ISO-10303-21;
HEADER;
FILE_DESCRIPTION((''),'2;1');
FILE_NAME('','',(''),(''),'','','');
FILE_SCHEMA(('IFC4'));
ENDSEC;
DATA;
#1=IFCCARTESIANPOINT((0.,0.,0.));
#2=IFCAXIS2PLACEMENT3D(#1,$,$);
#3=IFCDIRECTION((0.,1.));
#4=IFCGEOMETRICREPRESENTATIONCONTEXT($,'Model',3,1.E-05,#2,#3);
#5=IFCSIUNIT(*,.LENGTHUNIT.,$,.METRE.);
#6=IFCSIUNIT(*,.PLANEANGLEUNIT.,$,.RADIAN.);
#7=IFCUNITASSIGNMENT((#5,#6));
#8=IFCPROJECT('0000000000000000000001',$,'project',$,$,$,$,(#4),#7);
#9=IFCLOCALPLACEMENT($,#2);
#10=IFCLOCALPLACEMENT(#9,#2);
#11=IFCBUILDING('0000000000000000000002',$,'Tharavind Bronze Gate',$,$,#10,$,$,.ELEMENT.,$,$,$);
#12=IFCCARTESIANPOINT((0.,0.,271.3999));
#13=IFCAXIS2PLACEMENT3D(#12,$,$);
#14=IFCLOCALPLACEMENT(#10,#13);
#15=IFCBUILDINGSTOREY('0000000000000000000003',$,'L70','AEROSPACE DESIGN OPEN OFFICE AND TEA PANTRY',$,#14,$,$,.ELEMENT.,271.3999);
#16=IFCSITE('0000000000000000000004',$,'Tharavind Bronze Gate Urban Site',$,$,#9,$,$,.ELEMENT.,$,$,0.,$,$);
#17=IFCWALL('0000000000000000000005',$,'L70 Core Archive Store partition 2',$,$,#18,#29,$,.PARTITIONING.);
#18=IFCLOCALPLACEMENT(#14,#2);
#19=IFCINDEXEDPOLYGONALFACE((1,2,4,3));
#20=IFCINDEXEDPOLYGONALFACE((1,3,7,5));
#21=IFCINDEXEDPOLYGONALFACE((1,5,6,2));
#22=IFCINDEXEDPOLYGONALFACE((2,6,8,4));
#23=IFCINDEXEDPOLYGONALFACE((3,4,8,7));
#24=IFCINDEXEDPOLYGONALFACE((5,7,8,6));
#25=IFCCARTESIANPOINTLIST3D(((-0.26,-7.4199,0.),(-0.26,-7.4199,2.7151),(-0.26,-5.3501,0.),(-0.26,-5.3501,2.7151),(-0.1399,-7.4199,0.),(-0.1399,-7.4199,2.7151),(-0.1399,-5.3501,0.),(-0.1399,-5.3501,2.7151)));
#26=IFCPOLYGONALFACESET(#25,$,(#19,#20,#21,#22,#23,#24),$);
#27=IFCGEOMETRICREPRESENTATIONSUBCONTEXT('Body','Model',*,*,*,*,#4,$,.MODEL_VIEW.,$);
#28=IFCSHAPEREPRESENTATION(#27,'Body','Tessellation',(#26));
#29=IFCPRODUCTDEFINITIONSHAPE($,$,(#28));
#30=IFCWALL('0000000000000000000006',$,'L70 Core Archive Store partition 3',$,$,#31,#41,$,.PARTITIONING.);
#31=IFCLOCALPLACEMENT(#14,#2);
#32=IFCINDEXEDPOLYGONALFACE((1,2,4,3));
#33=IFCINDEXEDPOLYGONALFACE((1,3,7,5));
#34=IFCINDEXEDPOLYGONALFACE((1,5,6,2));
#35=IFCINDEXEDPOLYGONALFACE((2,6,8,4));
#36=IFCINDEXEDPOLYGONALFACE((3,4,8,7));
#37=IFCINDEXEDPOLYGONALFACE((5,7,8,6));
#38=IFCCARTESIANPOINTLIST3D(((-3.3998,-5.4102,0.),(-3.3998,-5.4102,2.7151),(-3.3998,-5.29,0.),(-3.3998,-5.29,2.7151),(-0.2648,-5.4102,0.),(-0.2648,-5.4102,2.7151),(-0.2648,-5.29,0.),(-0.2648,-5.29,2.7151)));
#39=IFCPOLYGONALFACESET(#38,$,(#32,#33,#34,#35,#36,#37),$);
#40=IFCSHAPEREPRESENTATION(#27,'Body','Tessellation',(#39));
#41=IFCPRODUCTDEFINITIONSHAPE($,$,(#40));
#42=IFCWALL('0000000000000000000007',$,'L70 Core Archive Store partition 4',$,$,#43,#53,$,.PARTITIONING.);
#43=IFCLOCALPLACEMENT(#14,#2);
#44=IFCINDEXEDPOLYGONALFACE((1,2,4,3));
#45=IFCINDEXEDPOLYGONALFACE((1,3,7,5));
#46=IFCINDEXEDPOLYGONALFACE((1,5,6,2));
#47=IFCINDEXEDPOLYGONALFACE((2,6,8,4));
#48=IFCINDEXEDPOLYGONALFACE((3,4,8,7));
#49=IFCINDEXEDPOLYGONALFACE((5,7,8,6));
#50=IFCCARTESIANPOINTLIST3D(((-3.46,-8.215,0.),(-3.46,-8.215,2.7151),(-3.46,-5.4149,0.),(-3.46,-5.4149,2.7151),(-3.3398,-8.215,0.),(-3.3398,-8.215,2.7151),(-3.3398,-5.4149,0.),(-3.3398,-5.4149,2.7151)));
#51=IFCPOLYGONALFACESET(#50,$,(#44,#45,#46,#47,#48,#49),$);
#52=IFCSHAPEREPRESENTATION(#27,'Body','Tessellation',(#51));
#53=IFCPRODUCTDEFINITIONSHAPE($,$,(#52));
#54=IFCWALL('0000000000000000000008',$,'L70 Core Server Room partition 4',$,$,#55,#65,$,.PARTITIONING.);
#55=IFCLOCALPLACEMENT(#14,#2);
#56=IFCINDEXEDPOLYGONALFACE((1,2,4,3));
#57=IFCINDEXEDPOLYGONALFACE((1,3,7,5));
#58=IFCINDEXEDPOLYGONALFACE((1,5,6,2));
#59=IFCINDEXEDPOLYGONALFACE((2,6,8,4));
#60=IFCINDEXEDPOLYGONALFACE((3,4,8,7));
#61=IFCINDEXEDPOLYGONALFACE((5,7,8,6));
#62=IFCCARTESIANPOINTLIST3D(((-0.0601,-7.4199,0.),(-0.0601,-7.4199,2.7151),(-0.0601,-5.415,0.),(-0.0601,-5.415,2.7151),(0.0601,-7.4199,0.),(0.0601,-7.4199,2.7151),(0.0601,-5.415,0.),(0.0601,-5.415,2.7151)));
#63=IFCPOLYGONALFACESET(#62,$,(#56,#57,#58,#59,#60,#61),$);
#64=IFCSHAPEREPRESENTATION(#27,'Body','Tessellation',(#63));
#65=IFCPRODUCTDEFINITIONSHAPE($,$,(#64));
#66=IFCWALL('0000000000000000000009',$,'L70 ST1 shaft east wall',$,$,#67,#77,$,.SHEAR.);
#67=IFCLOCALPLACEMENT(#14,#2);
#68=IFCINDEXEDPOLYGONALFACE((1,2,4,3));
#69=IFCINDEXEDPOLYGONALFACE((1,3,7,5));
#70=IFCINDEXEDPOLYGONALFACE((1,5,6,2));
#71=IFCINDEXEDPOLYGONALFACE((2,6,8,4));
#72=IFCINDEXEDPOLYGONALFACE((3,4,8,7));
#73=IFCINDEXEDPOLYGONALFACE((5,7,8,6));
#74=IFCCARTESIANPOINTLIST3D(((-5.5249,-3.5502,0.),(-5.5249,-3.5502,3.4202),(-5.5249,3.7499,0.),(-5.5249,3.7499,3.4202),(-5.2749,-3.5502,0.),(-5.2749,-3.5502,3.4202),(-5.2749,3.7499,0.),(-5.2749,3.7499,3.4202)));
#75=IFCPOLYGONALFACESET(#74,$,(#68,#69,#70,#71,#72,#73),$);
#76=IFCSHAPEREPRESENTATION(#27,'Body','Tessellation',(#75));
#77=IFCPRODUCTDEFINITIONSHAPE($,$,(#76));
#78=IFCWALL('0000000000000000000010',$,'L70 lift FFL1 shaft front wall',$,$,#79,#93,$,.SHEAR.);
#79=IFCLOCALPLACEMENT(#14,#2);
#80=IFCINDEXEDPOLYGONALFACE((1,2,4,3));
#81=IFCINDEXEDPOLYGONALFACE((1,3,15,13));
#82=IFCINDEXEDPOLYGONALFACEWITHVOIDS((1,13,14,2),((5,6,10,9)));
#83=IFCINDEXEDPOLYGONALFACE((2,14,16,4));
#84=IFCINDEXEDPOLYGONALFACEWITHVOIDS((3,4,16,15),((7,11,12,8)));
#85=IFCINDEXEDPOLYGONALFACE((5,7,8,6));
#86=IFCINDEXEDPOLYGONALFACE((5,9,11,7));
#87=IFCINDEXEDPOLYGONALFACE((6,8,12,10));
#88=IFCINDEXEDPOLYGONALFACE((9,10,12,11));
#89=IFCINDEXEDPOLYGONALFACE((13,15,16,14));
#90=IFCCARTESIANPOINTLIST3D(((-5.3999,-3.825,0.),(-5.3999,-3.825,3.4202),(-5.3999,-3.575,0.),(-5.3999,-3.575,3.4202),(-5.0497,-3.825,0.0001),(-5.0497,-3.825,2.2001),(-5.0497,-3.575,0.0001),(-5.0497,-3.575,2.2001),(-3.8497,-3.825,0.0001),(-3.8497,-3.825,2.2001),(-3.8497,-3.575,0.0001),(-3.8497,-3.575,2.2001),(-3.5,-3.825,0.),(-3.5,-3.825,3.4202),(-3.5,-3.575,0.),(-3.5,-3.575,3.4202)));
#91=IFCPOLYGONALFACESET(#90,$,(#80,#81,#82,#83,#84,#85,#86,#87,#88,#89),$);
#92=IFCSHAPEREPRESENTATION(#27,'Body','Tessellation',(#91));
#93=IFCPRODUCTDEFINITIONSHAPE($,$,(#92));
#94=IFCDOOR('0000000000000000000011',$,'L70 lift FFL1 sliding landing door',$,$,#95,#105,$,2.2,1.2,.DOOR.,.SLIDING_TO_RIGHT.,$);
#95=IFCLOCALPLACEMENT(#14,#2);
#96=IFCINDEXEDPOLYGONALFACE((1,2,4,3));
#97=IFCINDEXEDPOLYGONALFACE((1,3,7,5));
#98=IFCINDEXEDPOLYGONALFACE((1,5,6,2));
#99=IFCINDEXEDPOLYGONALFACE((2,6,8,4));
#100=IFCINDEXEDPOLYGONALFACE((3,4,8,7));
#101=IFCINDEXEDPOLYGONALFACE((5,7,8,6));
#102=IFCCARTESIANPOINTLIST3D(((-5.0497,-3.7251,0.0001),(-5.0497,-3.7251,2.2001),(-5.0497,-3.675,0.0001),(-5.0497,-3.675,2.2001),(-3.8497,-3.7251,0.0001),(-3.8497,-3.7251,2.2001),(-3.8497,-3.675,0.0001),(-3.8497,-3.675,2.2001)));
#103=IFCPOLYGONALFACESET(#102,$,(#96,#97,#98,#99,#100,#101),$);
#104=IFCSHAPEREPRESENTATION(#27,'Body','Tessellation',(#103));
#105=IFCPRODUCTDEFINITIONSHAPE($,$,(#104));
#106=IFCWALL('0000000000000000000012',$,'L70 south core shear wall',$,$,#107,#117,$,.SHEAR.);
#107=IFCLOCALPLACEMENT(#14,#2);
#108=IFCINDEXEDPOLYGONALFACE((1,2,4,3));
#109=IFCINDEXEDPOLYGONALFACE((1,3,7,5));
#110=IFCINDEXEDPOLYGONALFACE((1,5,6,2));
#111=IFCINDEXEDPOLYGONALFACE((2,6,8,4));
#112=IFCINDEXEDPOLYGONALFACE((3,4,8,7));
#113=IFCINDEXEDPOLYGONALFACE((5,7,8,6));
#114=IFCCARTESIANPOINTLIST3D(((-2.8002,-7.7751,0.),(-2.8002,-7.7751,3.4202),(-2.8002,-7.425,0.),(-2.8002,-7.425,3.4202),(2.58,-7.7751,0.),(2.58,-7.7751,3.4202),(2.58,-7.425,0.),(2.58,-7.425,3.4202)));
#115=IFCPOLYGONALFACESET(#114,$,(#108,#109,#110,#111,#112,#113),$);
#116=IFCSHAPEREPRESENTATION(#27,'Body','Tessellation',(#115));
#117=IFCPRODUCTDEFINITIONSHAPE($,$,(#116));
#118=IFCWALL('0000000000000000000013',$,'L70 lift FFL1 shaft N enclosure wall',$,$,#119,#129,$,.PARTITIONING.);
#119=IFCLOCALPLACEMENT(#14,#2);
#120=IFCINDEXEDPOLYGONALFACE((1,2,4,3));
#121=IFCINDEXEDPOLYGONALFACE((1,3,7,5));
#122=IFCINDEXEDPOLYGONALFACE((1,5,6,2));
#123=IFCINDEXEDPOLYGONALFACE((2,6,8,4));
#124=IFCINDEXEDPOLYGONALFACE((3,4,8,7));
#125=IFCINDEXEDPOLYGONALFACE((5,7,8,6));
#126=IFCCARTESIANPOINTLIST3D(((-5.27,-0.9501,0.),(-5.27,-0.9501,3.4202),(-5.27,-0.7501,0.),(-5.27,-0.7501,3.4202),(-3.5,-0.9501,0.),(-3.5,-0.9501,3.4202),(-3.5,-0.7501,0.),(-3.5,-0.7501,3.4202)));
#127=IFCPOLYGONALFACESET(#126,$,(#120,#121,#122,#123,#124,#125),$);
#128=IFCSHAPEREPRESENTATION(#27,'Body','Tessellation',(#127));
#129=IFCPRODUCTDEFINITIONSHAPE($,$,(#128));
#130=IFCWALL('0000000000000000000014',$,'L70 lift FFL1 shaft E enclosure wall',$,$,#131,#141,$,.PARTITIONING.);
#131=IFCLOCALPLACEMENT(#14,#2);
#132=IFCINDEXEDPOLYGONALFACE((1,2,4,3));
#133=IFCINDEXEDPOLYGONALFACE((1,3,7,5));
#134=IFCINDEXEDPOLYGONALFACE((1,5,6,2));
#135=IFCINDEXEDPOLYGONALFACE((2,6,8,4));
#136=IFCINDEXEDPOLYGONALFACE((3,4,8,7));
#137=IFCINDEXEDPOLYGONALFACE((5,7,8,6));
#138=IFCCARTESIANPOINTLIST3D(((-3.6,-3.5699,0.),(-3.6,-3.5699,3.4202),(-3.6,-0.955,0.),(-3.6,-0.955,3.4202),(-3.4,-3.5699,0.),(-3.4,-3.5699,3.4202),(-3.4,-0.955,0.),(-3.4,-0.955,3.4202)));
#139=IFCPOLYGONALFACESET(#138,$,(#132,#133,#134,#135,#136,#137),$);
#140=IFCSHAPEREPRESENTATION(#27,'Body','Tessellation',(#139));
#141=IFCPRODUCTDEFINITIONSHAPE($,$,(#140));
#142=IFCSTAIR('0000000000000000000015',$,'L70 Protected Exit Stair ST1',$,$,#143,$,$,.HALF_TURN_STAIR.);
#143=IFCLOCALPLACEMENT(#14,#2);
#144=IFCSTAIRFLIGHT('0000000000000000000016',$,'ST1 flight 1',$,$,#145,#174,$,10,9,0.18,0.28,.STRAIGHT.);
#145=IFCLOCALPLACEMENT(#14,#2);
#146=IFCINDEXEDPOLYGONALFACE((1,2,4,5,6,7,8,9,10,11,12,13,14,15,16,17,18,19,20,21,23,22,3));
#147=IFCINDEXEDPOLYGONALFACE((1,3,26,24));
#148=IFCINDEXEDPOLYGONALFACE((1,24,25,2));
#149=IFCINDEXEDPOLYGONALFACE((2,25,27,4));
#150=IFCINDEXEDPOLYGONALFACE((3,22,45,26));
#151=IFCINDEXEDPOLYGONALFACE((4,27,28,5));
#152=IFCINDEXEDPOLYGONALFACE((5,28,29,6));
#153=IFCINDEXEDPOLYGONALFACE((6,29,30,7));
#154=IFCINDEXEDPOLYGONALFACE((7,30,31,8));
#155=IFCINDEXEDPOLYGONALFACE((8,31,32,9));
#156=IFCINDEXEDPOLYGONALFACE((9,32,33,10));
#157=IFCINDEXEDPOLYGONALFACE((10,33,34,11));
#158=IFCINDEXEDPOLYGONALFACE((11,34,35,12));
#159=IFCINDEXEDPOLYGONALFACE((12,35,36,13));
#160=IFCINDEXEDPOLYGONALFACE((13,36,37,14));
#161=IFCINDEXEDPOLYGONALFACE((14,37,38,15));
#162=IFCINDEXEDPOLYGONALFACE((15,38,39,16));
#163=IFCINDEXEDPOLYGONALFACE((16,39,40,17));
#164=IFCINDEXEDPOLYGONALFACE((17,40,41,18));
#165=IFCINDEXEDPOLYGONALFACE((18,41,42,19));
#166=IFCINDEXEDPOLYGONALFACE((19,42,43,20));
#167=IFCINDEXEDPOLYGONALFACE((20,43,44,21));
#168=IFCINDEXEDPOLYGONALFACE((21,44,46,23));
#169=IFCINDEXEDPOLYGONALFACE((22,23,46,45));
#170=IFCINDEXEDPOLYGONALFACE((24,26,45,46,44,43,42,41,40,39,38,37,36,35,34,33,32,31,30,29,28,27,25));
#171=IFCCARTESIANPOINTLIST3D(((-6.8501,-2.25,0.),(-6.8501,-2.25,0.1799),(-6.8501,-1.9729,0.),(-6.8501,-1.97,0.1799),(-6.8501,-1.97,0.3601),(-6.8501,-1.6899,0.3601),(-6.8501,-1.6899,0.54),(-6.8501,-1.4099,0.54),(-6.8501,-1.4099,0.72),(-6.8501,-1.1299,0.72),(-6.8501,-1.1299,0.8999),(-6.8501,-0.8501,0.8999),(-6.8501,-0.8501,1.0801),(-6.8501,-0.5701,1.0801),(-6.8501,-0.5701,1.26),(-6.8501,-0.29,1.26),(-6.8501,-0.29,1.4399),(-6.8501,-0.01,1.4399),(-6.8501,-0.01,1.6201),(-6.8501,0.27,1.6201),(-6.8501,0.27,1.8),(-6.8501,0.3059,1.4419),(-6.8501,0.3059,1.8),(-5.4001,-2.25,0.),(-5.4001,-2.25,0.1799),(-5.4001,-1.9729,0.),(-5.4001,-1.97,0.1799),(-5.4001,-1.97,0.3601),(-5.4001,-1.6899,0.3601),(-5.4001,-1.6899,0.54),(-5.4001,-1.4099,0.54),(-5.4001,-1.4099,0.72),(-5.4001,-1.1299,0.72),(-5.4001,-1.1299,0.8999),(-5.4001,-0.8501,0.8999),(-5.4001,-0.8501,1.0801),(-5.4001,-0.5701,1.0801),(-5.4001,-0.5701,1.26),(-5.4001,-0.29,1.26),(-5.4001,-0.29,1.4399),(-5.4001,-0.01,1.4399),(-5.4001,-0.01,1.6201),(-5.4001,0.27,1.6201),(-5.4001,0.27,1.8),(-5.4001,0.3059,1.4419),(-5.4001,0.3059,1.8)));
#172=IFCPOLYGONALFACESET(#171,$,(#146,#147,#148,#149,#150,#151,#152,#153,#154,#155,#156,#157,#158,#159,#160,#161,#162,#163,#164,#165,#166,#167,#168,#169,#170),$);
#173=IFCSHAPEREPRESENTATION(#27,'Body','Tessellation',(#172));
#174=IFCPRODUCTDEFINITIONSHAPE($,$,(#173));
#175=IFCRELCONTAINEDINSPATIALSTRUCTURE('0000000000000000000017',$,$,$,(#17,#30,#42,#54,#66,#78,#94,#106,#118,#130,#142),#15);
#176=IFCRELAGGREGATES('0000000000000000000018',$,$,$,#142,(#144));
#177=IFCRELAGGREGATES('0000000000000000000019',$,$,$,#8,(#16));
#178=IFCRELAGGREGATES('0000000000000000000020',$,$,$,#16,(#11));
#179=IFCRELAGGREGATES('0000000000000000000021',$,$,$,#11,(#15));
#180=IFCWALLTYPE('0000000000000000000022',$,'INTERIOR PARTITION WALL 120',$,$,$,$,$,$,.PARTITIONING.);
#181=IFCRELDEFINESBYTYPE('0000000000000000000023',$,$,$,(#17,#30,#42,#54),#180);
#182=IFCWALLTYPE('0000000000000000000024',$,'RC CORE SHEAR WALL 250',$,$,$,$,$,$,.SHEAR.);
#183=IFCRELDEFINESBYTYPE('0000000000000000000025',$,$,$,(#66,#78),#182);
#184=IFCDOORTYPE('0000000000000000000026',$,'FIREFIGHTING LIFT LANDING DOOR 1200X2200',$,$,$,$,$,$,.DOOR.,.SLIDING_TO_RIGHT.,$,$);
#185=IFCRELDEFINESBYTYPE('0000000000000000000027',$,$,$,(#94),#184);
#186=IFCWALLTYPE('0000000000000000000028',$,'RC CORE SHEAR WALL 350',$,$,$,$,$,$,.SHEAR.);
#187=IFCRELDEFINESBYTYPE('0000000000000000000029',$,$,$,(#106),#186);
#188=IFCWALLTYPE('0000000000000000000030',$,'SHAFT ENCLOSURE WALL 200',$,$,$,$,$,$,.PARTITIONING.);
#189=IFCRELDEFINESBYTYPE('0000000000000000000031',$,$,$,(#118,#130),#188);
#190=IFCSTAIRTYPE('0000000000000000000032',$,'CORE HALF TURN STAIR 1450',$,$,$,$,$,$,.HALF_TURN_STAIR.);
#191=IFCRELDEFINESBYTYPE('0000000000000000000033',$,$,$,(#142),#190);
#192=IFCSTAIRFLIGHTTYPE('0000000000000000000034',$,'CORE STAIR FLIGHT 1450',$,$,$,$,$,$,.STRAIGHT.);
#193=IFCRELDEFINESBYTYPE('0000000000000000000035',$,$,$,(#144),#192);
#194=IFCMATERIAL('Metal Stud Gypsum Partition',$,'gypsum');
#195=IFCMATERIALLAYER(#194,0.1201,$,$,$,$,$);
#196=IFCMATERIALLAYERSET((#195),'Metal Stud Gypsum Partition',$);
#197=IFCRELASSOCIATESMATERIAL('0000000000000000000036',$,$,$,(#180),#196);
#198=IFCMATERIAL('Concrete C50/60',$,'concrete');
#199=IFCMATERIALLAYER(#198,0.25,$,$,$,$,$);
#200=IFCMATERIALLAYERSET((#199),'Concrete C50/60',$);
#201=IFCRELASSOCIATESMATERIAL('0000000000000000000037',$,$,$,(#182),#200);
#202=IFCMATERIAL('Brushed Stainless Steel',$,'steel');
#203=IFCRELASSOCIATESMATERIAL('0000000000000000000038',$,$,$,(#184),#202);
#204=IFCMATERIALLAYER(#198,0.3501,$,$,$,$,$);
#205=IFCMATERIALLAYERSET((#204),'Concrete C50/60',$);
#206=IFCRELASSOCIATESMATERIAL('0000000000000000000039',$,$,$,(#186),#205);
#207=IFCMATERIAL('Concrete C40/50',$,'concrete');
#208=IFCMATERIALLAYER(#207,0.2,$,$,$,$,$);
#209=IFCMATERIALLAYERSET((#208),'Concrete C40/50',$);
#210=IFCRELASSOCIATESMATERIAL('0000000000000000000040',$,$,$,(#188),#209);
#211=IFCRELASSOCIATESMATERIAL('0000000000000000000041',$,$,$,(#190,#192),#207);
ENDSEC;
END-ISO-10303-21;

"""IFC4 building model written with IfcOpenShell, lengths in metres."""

from ifc_helpers import new_model, si_unit, direction, frame, frame_2d, origin, place, context, subcontext, project, spatial, polyline, rectangle, outline, extrude, material, layer, layer_set, type_object, element, fill, aggregate, save


model = new_model("IFC4")

# Units and contexts
model_context = context("Model", 3, precision=1e-05, world=origin(), true_north=direction((0.0, 1.0)))
body_context = subcontext(model_context, "Body", "Model", "MODEL_VIEW")
ifc_project = project(units=[si_unit("LENGTHUNIT", "METRE"), si_unit("PLANEANGLEUNIT", "RADIAN")], contexts=[model_context])

# Site, building, storey
site_placement = place(None, origin())
site = spatial("IfcSite", under=ifc_project, at=site_placement, Name="Tharavind Bronze Gate Urban Site", CompositionType="ELEMENT", RefElevation=0.0)
building_placement = place(site_placement, origin())
building = spatial("IfcBuilding", under=site, at=building_placement, Name="Tharavind Bronze Gate", CompositionType="ELEMENT")
storey_placement = place(building_placement, frame((0.0, 0.0, 271.3999)))
storey = spatial("IfcBuildingStorey", under=building, at=storey_placement, Name="L70", Description="AEROSPACE DESIGN OPEN OFFICE AND TEA PANTRY", CompositionType="ELEMENT", Elevation=271.3999)

# Shared definitions
ifc_material_1 = material(Name="Concrete C50/60", Category="concrete")

# Shared definitions
ifc_material_2 = material(Name="Concrete C40/50", Category="concrete")

# Shared definitions
ifc_material_3 = material(Name="Metal Stud Gypsum Partition", Category="gypsum")
ifc_layer_1 = layer(ifc_material_3, 0.1201)
ifc_layer_set_1 = layer_set([ifc_layer_1], Name="Metal Stud Gypsum Partition")
wall_type_1 = type_object("IfcWallType", Name="INTERIOR PARTITION WALL 120", PredefinedType="PARTITIONING", material=ifc_layer_set_1)

# Walls
wall_1_placement = place(storey_placement, frame((-0.2, -7.4199, 0.0), z_axis=(0.0, 0.0, 1.0), x_axis=(0.0, 1.0, 0.0)))
element("IfcWall", 1, at=wall_1_placement, inside=storey, type_object=wall_type_1, Name="L70 Core Archive Store partition 2", PredefinedType="PARTITIONING", context=body_context, shape_type="SweptSolid", body=[
    extrude(rectangle(XDim=2.0698, YDim=0.1201, at=frame_2d((1.0349, 0.0))), origin(), (0.0, 0.0, 1.0), 2.7151),
])
wall_2_placement = place(storey_placement, frame((-0.2649, -5.3501, 0.0), z_axis=(0.0, 0.0, 1.0), x_axis=(-1.0, 0.0, 0.0)))
element("IfcWall", 2, at=wall_2_placement, inside=storey, type_object=wall_type_1, Name="L70 Core Archive Store partition 3", PredefinedType="PARTITIONING", context=body_context, shape_type="SweptSolid", body=[
    extrude(rectangle(XDim=3.135, YDim=0.1201, at=frame_2d((1.5674, 0.0))), origin(), (0.0, 0.0, 1.0), 2.7151),
])
wall_3_placement = place(storey_placement, frame((-3.3999, -5.415, 0.0), z_axis=(0.0, 0.0, 1.0), x_axis=(0.0, -1.0, 0.0)))
element("IfcWall", 3, at=wall_3_placement, inside=storey, type_object=wall_type_1, Name="L70 Core Archive Store partition 4", PredefinedType="PARTITIONING", context=body_context, shape_type="SweptSolid", body=[
    extrude(rectangle(XDim=2.8, YDim=0.1201, at=frame_2d((1.3999, 0.0))), origin(), (0.0, 0.0, 1.0), 2.7151),
])
wall_4_placement = place(storey_placement, frame((0.0, -5.415, 0.0), z_axis=(0.0, 0.0, 1.0), x_axis=(0.0, -1.0, 0.0)))
element("IfcWall", 4, at=wall_4_placement, inside=storey, type_object=wall_type_1, Name="L70 Core Server Room partition 4", PredefinedType="PARTITIONING", context=body_context, shape_type="SweptSolid", body=[
    extrude(rectangle(XDim=2.0049, YDim=0.1201, at=frame_2d((1.0024, 0.0))), origin(), (0.0, 0.0, 1.0), 2.7151),
])
ifc_layer_2 = layer(ifc_material_1, 0.25)
ifc_layer_set_2 = layer_set([ifc_layer_2], Name="Concrete C50/60")
wall_type_2 = type_object("IfcWallType", Name="RC CORE SHEAR WALL 250", PredefinedType="SHEAR", material=ifc_layer_set_2)
wall_5_placement = place(storey_placement, frame((-5.3999, -3.55, 0.0), z_axis=(0.0, 0.0, 1.0), x_axis=(0.0, 1.0, 0.0)))
element("IfcWall", 5, at=wall_5_placement, inside=storey, type_object=wall_type_2, Name="L70 ST1 shaft east wall", PredefinedType="SHEAR", context=body_context, shape_type="SweptSolid", body=[
    extrude(rectangle(XDim=7.3, YDim=0.25, at=frame_2d((3.6499, 0.0))), origin(), (0.0, 0.0, 1.0), 3.4202),
])

# Wall, opening, door
wall_6_placement = place(storey_placement, frame((-5.3999, -3.7, 0.0), z_axis=(0.0, 0.0, 1.0), x_axis=(1.0, 0.0, 0.0)))
wall_6 = element("IfcWall", 6, at=wall_6_placement, inside=storey, type_object=wall_type_2, Name="L70 lift FFL1 shaft front wall", PredefinedType="SHEAR", context=body_context, shape_type="SweptSolid", body=[
    extrude(rectangle(XDim=1.8999, YDim=0.25, at=frame_2d((0.95, 0.0))), origin(), (0.0, 0.0, 1.0), 3.4202),
])
opening_1_placement = place(wall_6_placement, frame((0.3501, 0.0, 0.0)))
opening_1 = element("IfcOpeningElement", 7, at=opening_1_placement, cuts=wall_6, PredefinedType="OPENING", context=body_context, shape_type="SweptSolid", body=[
    extrude(rectangle(XDim=1.2, YDim=2.2, at=frame_2d((0.6001, 1.1001))), frame((0.0, 0.135, 0.0), z_axis=(0.0, -1.0, 0.0), x_axis=(1.0, 0.0, 0.0)), (0.0, 0.0, 1.0), 0.27),
])
ifc_material_4 = material(Name="Brushed Stainless Steel", Category="steel")
door_type_1 = type_object("IfcDoorType", Name="FIREFIGHTING LIFT LANDING DOOR 1200X2200", OperationType="SLIDING_TO_RIGHT", PredefinedType="DOOR", material=ifc_material_4)
door_1_placement = place(opening_1_placement, origin())
door_1 = element("IfcDoor", 8, at=door_1_placement, inside=storey, type_object=door_type_1, Name="L70 lift FFL1 sliding landing door", OperationType="SLIDING_TO_RIGHT", OverallHeight=2.2, OverallWidth=1.2, PredefinedType="DOOR", context=body_context, shape_type="SweptSolid", body=[
    extrude(rectangle(XDim=1.2, YDim=2.2, at=frame_2d((0.6001, 1.1001))), frame((0.0, 0.0249, 0.0), z_axis=(0.0, -1.0, 0.0), x_axis=(1.0, 0.0, 0.0)), (0.0, 0.0, 1.0), 0.05),
])
fill(opening_1, door_1)

# Walls
ifc_layer_3 = layer(ifc_material_1, 0.3501)
ifc_layer_set_3 = layer_set([ifc_layer_3], Name="Concrete C50/60")
wall_type_3 = type_object("IfcWallType", Name="RC CORE SHEAR WALL 350", PredefinedType="SHEAR", material=ifc_layer_set_3)
wall_7_placement = place(storey_placement, frame((-2.8, -7.6001, 0.0), z_axis=(0.0, 0.0, 1.0), x_axis=(1.0, 0.0, 0.0)))
element("IfcWall", 9, at=wall_7_placement, inside=storey, type_object=wall_type_3, Name="L70 south core shear wall", PredefinedType="SHEAR", context=body_context, shape_type="SweptSolid", body=[
    extrude(rectangle(XDim=5.3801, YDim=0.3501, at=frame_2d((2.6899, 0.0))), origin(), (0.0, 0.0, 1.0), 3.4202),
])
ifc_layer_4 = layer(ifc_material_2, 0.2)
ifc_layer_set_4 = layer_set([ifc_layer_4], Name="Concrete C40/50")
wall_type_4 = type_object("IfcWallType", Name="SHAFT ENCLOSURE WALL 200", PredefinedType="PARTITIONING", material=ifc_layer_set_4)
wall_8_placement = place(storey_placement, frame((-5.27, -0.8501, 0.0), z_axis=(0.0, 0.0, 1.0), x_axis=(1.0, 0.0, 0.0)))
element("IfcWall", 10, at=wall_8_placement, inside=storey, type_object=wall_type_4, Name="L70 lift FFL1 shaft N enclosure wall", PredefinedType="PARTITIONING", context=body_context, shape_type="SweptSolid", body=[
    extrude(rectangle(XDim=1.77, YDim=0.2, at=frame_2d((0.885, 0.0))), origin(), (0.0, 0.0, 1.0), 3.4202),
])
wall_9_placement = place(storey_placement, frame((-3.5, -3.5701, 0.0), z_axis=(0.0, 0.0, 1.0), x_axis=(0.0, 1.0, 0.0)))
element("IfcWall", 11, at=wall_9_placement, inside=storey, type_object=wall_type_4, Name="L70 lift FFL1 shaft E enclosure wall", PredefinedType="PARTITIONING", context=body_context, shape_type="SweptSolid", body=[
    extrude(rectangle(XDim=2.615, YDim=0.2, at=frame_2d((1.3076, 0.0))), origin(), (0.0, 0.0, 1.0), 3.4202),
])

# Stair, stair flight
stair_type = type_object("IfcStairType", Name="CORE HALF TURN STAIR 1450", PredefinedType="HALF_TURN_STAIR", material=ifc_material_2)
stair_placement = place(storey_placement, origin())
stair = element("IfcStair", 12, at=stair_placement, inside=storey, type_object=stair_type, Name="L70 Protected Exit Stair ST1", PredefinedType="HALF_TURN_STAIR")
stair_flight_type = type_object("IfcStairFlightType", Name="CORE STAIR FLIGHT 1450", PredefinedType="STRAIGHT", material=ifc_material_2)
stair_flight_placement = place(storey_placement, frame((-6.125, -2.25, 0.0), z_axis=(0.0, 0.0, 1.0), x_axis=(0.0, 1.0, 0.0)))
stair_flight = element("IfcStairFlight", 13, at=stair_flight_placement, type_object=stair_flight_type, Name="ST1 flight 1", NumberOfRisers=10, NumberOfTreads=9, PredefinedType="STRAIGHT", RiserHeight=0.18, TreadLength=0.28, context=body_context, shape_type="SweptSolid", body=[
    extrude(outline(polyline([(0.0, 0.0), (0.0, 0.1799), (0.28, 0.1799), (0.28, 0.3601), (0.5601, 0.3601), (0.5601, 0.54), (0.8401, 0.54), (0.8401, 0.72), (1.1201, 0.72), (1.1201, 0.8999), (1.3999, 0.8999), (1.3999, 1.0801), (1.6799, 1.0801), (1.6799, 1.26), (1.96, 1.26), (1.96, 1.4399), (2.24, 1.4399), (2.24, 1.6201), (2.52, 1.6201), (2.52, 1.8), (2.5559, 1.8), (2.5559, 1.4419), (0.2771, 0.0), (0.0, 0.0)])), frame((0.0, 0.7251, 0.0), z_axis=(0.0, -1.0, 0.0), x_axis=(1.0, 0.0, 0.0)), (0.0, 0.0, 1.0), 1.45),
])
aggregate(stair, [stair_flight])

save(model, "model.ifc")
